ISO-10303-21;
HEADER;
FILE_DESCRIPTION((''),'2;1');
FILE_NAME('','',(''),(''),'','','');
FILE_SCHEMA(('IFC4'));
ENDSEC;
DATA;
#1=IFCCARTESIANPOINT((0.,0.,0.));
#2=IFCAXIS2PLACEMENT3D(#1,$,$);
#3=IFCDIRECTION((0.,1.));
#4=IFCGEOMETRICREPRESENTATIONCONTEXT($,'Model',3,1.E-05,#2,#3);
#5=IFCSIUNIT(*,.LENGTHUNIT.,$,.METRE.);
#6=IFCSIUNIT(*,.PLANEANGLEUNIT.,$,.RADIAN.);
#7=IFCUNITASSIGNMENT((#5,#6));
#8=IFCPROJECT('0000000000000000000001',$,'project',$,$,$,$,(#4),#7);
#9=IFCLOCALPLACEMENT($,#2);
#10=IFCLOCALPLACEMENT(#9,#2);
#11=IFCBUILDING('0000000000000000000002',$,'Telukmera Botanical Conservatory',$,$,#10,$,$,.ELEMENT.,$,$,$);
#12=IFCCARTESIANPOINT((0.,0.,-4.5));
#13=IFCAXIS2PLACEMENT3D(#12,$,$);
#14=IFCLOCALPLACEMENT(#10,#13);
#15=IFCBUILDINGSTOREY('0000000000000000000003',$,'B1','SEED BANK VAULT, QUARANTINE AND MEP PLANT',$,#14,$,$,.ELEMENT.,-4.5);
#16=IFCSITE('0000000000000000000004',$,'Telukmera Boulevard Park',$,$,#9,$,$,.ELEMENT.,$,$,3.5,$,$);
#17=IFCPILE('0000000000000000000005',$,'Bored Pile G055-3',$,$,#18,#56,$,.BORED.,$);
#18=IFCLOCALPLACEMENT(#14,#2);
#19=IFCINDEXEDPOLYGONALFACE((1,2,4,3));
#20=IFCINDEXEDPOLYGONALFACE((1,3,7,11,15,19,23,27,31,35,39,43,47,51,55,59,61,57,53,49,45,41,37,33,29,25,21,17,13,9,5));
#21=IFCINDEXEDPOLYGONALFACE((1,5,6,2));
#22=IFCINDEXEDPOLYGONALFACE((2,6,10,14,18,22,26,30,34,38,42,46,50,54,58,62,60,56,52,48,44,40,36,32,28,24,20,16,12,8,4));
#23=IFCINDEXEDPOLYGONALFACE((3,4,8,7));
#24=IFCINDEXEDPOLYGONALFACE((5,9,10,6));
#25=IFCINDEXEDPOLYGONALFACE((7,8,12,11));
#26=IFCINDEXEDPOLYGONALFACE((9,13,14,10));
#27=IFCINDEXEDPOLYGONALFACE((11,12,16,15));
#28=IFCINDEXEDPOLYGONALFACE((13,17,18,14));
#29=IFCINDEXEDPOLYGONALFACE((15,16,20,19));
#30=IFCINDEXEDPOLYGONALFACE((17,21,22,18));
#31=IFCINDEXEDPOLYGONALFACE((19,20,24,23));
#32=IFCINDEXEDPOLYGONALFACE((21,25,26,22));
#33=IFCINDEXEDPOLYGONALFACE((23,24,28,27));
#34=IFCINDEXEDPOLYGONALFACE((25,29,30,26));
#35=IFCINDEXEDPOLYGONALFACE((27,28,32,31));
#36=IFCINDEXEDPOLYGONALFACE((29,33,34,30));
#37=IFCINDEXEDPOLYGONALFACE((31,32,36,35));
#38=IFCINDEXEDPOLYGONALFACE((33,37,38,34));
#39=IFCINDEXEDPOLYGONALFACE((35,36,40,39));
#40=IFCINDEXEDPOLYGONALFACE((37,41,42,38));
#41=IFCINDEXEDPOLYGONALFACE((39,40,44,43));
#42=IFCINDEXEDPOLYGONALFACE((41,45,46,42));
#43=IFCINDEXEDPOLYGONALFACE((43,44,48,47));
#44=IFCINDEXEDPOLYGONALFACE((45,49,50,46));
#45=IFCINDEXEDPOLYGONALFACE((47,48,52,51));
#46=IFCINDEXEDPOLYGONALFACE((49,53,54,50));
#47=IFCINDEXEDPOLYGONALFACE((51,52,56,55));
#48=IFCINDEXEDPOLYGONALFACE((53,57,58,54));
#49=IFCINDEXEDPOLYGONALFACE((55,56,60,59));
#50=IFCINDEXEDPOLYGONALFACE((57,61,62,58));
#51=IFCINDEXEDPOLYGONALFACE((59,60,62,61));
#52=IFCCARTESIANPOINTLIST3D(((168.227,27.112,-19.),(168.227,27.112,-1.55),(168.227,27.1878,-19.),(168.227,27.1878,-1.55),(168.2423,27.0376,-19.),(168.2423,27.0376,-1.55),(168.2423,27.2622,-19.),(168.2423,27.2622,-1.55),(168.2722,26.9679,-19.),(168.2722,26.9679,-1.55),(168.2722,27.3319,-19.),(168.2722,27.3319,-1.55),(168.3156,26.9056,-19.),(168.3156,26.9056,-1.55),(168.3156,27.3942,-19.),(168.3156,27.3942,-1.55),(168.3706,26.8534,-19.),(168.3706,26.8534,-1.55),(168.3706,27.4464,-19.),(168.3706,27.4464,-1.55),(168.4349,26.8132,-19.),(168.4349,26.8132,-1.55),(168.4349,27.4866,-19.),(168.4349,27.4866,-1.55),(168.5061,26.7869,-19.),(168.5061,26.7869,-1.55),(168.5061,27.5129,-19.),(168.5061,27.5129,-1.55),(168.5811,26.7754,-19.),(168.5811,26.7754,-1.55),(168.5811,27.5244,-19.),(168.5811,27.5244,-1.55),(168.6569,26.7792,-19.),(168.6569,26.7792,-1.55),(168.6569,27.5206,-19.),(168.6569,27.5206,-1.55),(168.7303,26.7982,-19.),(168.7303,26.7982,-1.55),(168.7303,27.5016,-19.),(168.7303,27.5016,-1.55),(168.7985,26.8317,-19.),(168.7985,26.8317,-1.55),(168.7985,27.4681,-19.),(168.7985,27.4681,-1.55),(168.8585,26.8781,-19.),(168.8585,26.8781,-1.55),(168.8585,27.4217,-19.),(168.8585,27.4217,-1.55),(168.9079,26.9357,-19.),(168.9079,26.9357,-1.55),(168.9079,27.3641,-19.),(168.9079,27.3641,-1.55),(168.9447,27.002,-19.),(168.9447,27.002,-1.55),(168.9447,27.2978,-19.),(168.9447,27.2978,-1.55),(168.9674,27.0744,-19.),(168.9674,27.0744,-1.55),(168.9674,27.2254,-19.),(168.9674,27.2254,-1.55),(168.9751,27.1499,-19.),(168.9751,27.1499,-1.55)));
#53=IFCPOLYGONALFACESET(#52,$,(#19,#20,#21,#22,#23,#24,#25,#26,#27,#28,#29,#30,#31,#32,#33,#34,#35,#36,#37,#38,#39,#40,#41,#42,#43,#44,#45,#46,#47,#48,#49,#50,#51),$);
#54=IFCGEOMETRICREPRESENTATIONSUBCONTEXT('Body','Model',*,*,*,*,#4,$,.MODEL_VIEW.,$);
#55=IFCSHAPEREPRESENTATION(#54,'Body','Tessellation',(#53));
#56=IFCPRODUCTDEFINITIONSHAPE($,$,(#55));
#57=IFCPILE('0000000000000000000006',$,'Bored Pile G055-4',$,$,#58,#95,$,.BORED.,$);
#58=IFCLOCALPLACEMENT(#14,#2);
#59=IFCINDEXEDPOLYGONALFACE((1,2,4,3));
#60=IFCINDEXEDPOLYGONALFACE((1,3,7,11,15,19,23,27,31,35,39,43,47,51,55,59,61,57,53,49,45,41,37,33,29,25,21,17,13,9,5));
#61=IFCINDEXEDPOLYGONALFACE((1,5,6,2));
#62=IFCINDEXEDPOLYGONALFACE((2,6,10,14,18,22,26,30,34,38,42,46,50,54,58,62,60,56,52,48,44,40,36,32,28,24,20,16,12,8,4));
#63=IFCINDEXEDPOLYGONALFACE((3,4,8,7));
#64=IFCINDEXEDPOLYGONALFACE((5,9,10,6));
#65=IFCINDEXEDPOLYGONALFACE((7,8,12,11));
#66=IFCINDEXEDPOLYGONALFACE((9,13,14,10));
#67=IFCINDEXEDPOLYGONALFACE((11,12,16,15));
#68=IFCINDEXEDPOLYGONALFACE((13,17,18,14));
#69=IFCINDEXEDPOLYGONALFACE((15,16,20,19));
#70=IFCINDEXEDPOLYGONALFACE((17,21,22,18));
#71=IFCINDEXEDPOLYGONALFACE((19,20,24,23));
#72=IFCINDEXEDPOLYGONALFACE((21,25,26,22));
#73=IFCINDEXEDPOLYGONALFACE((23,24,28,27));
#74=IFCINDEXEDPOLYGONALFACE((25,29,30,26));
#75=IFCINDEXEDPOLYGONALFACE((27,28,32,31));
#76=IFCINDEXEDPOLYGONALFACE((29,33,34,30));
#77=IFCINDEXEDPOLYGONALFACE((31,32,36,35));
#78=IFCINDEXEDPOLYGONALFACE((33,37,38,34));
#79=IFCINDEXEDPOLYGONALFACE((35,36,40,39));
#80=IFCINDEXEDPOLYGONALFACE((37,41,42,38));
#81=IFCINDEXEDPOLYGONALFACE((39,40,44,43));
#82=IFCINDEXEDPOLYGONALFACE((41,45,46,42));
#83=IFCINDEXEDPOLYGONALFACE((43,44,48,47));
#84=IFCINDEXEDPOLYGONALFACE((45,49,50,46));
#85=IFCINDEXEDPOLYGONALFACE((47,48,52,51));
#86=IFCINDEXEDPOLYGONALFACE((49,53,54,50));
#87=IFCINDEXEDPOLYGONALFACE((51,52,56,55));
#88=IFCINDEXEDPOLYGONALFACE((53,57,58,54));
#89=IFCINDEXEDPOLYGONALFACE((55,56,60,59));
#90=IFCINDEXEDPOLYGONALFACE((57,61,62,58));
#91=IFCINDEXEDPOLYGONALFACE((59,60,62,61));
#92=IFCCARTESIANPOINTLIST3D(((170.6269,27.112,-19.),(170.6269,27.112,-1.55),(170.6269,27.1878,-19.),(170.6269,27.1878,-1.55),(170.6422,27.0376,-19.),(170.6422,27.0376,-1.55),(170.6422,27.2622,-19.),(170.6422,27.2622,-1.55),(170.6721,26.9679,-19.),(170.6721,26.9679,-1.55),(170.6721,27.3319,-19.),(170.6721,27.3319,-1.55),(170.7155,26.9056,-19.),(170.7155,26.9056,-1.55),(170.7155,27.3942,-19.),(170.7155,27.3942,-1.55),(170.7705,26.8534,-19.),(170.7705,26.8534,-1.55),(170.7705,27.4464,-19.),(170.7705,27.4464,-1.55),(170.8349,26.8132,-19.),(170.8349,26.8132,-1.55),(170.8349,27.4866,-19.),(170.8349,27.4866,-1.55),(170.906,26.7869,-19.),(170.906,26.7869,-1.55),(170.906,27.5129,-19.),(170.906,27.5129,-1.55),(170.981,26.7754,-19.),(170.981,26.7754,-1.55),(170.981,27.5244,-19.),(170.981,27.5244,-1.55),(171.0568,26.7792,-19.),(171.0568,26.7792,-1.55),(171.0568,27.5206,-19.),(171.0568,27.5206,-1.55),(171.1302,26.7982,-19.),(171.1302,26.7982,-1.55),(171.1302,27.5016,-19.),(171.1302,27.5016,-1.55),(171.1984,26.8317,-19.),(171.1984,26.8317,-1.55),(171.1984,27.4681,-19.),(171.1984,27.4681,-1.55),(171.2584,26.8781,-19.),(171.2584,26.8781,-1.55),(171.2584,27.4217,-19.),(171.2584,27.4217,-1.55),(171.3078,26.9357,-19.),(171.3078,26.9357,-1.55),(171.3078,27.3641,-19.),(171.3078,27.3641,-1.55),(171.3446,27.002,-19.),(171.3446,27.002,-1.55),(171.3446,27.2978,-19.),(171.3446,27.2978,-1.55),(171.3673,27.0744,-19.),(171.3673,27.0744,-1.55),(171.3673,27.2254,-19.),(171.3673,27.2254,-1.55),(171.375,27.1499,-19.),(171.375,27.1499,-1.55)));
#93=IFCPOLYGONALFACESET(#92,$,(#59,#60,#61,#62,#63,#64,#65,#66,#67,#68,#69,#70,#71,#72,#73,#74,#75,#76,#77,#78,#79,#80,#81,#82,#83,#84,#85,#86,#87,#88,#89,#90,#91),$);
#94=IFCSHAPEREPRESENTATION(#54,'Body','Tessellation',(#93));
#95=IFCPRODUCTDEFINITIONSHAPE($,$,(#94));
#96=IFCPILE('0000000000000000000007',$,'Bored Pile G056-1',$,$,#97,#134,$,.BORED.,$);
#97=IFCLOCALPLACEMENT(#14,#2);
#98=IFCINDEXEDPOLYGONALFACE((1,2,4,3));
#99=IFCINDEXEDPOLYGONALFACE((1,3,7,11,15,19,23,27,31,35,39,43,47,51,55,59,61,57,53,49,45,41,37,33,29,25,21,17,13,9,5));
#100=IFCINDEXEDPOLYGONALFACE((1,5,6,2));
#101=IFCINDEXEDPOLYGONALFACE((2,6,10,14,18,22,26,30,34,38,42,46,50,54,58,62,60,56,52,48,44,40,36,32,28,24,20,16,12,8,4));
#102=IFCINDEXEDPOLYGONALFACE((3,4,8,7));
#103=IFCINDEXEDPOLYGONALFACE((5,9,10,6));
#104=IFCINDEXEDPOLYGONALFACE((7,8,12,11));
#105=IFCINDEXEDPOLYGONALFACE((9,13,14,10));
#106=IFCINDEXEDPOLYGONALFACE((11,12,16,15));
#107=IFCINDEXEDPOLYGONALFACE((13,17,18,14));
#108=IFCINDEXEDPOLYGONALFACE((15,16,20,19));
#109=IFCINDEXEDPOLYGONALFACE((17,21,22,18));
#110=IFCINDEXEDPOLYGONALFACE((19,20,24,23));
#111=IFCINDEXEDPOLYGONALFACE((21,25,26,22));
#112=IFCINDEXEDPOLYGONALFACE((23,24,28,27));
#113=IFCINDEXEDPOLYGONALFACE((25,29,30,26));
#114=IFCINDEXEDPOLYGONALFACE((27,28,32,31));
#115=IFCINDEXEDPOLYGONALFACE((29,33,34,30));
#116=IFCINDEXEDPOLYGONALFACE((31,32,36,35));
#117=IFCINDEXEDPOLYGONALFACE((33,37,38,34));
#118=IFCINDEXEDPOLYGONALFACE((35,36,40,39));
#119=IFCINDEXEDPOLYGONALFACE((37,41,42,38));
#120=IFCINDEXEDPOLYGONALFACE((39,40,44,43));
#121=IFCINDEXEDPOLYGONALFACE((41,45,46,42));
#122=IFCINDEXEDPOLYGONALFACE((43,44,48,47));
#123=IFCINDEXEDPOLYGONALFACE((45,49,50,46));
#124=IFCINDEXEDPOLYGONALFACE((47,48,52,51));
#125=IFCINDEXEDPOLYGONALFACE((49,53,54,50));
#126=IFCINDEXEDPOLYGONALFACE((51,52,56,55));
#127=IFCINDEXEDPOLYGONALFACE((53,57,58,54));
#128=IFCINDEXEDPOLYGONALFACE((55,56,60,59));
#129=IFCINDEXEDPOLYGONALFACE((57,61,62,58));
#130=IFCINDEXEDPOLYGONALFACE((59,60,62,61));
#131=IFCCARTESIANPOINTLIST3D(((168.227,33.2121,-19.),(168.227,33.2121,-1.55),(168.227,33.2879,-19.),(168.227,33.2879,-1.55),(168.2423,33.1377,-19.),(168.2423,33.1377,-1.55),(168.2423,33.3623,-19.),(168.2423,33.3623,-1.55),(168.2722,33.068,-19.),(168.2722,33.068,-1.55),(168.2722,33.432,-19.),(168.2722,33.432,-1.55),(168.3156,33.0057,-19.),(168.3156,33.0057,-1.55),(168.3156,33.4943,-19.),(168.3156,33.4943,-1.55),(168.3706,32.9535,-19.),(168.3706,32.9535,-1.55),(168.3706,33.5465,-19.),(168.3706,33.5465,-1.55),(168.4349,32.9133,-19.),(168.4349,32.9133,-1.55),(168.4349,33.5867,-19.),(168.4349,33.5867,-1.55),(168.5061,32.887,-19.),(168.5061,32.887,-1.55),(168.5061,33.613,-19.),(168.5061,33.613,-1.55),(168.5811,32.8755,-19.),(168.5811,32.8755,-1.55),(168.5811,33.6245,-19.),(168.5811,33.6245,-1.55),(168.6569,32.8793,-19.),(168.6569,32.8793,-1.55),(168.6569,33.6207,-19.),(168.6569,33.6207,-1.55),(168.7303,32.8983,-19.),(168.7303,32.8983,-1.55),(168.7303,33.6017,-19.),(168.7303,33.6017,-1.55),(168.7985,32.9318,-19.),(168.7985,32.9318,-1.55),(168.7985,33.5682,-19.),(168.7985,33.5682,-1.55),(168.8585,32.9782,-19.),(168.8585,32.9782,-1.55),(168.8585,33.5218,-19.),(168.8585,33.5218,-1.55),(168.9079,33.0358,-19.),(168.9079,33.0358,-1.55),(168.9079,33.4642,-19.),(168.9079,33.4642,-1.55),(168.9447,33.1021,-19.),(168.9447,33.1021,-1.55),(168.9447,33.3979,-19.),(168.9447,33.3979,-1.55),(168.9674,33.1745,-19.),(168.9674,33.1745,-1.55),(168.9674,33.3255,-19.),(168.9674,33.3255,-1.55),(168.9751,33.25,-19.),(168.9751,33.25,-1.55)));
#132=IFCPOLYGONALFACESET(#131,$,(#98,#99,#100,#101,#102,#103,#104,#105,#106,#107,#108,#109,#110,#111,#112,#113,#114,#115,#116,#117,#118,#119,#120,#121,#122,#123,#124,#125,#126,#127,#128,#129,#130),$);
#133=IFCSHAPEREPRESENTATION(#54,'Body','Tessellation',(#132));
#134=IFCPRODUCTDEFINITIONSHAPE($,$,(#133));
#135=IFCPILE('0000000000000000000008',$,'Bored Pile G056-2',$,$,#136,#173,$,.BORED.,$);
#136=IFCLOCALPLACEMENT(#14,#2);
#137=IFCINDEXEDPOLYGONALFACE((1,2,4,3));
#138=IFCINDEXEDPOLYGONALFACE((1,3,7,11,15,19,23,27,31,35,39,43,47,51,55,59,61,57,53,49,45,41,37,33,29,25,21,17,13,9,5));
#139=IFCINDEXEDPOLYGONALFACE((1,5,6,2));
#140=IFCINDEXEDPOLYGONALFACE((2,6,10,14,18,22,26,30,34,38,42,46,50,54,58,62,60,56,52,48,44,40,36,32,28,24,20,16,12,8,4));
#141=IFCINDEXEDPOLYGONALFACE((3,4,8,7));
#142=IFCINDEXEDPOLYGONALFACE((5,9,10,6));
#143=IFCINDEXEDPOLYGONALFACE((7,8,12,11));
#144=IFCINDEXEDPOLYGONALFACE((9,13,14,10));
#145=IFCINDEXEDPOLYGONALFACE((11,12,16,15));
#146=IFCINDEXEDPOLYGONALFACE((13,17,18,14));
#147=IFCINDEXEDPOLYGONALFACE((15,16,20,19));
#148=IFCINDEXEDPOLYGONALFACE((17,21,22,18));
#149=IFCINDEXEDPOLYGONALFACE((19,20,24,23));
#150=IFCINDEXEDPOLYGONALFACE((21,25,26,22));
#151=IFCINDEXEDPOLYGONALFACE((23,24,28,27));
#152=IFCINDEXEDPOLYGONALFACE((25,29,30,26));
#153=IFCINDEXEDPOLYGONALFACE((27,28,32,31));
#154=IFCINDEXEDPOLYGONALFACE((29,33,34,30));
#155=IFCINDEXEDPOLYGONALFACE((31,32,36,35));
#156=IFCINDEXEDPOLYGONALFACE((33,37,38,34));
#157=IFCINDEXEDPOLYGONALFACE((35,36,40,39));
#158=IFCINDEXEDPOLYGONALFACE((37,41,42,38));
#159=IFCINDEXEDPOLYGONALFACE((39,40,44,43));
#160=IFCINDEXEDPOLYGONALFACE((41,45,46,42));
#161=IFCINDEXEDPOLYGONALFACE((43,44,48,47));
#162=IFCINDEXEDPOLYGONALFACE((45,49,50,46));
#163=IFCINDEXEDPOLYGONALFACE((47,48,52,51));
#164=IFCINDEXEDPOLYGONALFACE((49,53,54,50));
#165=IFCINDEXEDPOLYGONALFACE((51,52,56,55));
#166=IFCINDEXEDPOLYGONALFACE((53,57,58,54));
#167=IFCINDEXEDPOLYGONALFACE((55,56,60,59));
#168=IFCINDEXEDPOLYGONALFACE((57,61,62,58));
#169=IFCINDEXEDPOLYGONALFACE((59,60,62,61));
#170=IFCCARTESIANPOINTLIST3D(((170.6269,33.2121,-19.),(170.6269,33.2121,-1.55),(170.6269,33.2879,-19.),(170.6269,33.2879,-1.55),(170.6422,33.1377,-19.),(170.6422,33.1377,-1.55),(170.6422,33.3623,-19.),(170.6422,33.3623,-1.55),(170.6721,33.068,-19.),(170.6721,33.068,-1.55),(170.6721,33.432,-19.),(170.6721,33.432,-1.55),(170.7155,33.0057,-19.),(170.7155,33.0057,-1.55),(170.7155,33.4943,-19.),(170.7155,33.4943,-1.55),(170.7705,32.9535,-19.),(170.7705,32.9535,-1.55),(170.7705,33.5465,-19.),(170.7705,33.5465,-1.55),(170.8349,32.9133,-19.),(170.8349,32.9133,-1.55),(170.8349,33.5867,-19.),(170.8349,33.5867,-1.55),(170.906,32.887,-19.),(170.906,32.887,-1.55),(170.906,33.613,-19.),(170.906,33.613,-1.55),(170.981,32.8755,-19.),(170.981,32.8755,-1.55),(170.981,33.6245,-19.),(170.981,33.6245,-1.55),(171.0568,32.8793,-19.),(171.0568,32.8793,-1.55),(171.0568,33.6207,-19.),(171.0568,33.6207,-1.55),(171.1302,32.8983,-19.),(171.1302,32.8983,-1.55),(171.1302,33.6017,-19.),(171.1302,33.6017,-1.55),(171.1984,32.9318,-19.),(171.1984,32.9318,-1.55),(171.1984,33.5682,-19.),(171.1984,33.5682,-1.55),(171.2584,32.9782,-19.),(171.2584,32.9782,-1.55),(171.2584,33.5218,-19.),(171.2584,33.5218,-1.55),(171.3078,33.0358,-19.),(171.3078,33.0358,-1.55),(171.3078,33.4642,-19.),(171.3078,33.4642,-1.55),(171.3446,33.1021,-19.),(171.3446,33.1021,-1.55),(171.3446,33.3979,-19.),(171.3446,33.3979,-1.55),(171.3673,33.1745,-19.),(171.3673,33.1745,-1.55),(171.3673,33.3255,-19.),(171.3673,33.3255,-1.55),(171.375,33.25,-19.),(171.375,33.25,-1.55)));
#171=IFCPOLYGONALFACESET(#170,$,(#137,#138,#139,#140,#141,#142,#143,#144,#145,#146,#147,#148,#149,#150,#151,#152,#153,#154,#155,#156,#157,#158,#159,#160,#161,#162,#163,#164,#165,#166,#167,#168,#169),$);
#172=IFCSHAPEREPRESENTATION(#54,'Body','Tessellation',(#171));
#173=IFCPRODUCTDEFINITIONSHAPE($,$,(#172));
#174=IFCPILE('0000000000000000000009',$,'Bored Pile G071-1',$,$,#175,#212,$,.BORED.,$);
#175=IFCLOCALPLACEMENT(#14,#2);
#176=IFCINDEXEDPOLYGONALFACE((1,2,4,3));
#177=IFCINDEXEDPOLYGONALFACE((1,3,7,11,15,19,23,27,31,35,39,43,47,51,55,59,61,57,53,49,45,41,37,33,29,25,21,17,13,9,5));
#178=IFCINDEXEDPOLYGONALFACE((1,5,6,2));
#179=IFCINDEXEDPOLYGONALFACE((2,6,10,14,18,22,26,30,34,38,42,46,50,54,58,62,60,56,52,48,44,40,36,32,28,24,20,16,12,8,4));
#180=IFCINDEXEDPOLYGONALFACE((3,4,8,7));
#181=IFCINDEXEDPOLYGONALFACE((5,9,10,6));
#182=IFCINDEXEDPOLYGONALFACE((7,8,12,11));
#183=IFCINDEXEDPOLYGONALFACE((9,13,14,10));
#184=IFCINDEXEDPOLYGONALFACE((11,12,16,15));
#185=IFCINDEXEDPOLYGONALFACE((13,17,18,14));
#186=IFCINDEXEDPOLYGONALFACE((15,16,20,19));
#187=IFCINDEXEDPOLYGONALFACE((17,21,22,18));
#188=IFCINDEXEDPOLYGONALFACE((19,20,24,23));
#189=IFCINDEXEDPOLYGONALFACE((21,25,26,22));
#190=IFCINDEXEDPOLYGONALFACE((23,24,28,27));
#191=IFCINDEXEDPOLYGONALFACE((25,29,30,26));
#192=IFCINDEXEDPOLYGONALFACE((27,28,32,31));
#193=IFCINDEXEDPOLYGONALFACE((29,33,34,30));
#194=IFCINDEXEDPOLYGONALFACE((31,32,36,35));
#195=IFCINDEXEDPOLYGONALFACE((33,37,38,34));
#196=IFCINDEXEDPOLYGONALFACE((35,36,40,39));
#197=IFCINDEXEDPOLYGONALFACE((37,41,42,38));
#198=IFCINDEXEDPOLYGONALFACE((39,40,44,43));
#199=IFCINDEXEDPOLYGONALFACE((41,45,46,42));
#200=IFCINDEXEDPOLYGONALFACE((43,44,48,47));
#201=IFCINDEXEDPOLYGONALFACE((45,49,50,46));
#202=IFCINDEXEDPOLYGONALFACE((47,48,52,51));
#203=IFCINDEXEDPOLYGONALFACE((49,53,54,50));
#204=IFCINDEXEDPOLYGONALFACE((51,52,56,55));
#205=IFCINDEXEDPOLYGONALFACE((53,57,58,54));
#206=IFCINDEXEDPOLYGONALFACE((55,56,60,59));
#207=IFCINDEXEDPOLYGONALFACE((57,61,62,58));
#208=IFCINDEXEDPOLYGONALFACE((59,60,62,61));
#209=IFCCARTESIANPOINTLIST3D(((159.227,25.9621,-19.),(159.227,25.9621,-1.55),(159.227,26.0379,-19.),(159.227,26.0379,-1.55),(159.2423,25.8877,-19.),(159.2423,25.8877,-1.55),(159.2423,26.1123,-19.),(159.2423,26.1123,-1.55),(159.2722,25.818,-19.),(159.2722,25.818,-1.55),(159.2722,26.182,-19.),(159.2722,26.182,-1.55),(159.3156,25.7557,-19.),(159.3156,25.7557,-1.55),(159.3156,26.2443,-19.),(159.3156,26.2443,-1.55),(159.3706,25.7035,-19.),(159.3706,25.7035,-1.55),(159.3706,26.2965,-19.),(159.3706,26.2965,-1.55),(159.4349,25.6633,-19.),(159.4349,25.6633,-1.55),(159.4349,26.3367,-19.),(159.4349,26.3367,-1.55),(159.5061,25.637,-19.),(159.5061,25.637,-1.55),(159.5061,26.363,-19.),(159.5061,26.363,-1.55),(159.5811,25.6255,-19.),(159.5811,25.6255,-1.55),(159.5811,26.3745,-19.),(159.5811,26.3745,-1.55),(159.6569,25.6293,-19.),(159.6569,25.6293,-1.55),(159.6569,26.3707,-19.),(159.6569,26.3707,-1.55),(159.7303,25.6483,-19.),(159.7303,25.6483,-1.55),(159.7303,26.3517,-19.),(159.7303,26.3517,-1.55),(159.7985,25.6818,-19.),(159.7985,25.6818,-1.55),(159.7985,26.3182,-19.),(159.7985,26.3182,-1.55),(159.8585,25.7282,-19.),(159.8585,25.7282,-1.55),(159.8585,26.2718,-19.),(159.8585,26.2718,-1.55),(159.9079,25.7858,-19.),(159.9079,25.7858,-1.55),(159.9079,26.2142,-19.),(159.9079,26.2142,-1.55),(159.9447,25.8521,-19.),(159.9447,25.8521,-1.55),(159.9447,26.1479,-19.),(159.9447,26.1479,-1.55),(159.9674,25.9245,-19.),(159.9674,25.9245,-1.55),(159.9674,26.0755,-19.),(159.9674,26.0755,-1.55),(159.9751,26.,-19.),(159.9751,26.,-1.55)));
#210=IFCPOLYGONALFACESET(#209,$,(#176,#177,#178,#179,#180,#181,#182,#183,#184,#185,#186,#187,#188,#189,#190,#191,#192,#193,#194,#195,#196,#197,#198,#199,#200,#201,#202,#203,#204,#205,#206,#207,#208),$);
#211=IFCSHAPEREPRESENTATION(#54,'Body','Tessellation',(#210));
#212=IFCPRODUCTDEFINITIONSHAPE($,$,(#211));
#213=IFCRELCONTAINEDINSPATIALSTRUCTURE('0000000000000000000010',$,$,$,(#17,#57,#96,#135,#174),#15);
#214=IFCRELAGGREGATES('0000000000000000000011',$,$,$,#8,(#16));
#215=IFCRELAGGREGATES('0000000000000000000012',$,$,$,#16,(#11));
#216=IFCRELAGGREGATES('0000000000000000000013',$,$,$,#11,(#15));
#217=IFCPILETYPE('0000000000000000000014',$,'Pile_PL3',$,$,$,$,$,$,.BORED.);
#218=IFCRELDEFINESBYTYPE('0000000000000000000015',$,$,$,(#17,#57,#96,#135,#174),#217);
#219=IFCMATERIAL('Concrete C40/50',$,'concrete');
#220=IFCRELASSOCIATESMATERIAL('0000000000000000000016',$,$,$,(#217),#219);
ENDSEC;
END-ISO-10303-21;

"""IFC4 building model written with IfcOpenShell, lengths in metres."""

from ifc_helpers import new_model, si_unit, direction, frame, origin, origin_2d, place, context, subcontext, project, spatial, circle, extrude, material, material_profile, profile_set, type_object, element, save


model = new_model("IFC4")

# Units and contexts
model_context = context("Model", 3, precision=1e-05, world=origin(), true_north=direction((0.0, 1.0)))
body_context = subcontext(model_context, "Body", "Model", "MODEL_VIEW")
ifc_project = project(units=[si_unit("LENGTHUNIT", "METRE"), si_unit("PLANEANGLEUNIT", "RADIAN")], contexts=[model_context])

# Site, building, storey
site_placement = place(None, origin())
site = spatial("IfcSite", under=ifc_project, at=site_placement, Name="Telukmera Boulevard Park", CompositionType="ELEMENT", RefElevation=3.5)
building_placement = place(site_placement, origin())
building = spatial("IfcBuilding", under=site, at=building_placement, Name="Telukmera Botanical Conservatory", CompositionType="ELEMENT")
storey_placement = place(building_placement, frame((0.0, 0.0, -4.5)))
storey = spatial("IfcBuildingStorey", under=building, at=storey_placement, Name="B1", Description="SEED BANK VAULT, QUARANTINE AND MEP PLANT", CompositionType="ELEMENT", Elevation=-4.5)

# Shared definitions
ifc_material_1 = material(Name="Concrete C40/50", Category="concrete")

# Piles
ifc_material_profile_1 = material_profile(ifc_material_1, circle(Radius=0.375, at=origin_2d()), Name="PILE D750")
ifc_profile_set_1 = profile_set([ifc_material_profile_1], Name="Concrete C40/50")
pile_type = type_object("IfcPileType", Name="Pile_PL3", PredefinedType="BORED", material=ifc_profile_set_1)
for number, where, z_axis, x_axis, name in (
    (1, (168.6001, 27.1499, -1.55), (0.0, 0.0, -1.0), (1.0, 0.0, 0.0), "Bored Pile G055-3"),
    (2, (171.0, 27.1499, -1.55), (0.0, 0.0, -1.0), (1.0, 0.0, 0.0), "Bored Pile G055-4"),
    (3, (168.6001, 33.25, -1.55), (0.0, 0.0, -1.0), (1.0, 0.0, 0.0), "Bored Pile G056-1"),
    (4, (171.0, 33.25, -1.55), (0.0, 0.0, -1.0), (1.0, 0.0, 0.0), "Bored Pile G056-2"),
    (5, (159.6001, 26.0, -1.55), (0.0, 0.0, -1.0), (1.0, 0.0, 0.0), "Bored Pile G071-1"),
):
    element("IfcPile", number, at=place(storey_placement, frame(where, z_axis=z_axis, x_axis=x_axis)), inside=storey, type_object=pile_type, Name=name, PredefinedType="BORED", context=body_context, shape_type="SweptSolid", body=[
        extrude(circle(Radius=0.375, at=origin_2d()), origin(), (0.0, 0.0, 1.0), 17.45),
    ])

save(model, "model.ifc")
